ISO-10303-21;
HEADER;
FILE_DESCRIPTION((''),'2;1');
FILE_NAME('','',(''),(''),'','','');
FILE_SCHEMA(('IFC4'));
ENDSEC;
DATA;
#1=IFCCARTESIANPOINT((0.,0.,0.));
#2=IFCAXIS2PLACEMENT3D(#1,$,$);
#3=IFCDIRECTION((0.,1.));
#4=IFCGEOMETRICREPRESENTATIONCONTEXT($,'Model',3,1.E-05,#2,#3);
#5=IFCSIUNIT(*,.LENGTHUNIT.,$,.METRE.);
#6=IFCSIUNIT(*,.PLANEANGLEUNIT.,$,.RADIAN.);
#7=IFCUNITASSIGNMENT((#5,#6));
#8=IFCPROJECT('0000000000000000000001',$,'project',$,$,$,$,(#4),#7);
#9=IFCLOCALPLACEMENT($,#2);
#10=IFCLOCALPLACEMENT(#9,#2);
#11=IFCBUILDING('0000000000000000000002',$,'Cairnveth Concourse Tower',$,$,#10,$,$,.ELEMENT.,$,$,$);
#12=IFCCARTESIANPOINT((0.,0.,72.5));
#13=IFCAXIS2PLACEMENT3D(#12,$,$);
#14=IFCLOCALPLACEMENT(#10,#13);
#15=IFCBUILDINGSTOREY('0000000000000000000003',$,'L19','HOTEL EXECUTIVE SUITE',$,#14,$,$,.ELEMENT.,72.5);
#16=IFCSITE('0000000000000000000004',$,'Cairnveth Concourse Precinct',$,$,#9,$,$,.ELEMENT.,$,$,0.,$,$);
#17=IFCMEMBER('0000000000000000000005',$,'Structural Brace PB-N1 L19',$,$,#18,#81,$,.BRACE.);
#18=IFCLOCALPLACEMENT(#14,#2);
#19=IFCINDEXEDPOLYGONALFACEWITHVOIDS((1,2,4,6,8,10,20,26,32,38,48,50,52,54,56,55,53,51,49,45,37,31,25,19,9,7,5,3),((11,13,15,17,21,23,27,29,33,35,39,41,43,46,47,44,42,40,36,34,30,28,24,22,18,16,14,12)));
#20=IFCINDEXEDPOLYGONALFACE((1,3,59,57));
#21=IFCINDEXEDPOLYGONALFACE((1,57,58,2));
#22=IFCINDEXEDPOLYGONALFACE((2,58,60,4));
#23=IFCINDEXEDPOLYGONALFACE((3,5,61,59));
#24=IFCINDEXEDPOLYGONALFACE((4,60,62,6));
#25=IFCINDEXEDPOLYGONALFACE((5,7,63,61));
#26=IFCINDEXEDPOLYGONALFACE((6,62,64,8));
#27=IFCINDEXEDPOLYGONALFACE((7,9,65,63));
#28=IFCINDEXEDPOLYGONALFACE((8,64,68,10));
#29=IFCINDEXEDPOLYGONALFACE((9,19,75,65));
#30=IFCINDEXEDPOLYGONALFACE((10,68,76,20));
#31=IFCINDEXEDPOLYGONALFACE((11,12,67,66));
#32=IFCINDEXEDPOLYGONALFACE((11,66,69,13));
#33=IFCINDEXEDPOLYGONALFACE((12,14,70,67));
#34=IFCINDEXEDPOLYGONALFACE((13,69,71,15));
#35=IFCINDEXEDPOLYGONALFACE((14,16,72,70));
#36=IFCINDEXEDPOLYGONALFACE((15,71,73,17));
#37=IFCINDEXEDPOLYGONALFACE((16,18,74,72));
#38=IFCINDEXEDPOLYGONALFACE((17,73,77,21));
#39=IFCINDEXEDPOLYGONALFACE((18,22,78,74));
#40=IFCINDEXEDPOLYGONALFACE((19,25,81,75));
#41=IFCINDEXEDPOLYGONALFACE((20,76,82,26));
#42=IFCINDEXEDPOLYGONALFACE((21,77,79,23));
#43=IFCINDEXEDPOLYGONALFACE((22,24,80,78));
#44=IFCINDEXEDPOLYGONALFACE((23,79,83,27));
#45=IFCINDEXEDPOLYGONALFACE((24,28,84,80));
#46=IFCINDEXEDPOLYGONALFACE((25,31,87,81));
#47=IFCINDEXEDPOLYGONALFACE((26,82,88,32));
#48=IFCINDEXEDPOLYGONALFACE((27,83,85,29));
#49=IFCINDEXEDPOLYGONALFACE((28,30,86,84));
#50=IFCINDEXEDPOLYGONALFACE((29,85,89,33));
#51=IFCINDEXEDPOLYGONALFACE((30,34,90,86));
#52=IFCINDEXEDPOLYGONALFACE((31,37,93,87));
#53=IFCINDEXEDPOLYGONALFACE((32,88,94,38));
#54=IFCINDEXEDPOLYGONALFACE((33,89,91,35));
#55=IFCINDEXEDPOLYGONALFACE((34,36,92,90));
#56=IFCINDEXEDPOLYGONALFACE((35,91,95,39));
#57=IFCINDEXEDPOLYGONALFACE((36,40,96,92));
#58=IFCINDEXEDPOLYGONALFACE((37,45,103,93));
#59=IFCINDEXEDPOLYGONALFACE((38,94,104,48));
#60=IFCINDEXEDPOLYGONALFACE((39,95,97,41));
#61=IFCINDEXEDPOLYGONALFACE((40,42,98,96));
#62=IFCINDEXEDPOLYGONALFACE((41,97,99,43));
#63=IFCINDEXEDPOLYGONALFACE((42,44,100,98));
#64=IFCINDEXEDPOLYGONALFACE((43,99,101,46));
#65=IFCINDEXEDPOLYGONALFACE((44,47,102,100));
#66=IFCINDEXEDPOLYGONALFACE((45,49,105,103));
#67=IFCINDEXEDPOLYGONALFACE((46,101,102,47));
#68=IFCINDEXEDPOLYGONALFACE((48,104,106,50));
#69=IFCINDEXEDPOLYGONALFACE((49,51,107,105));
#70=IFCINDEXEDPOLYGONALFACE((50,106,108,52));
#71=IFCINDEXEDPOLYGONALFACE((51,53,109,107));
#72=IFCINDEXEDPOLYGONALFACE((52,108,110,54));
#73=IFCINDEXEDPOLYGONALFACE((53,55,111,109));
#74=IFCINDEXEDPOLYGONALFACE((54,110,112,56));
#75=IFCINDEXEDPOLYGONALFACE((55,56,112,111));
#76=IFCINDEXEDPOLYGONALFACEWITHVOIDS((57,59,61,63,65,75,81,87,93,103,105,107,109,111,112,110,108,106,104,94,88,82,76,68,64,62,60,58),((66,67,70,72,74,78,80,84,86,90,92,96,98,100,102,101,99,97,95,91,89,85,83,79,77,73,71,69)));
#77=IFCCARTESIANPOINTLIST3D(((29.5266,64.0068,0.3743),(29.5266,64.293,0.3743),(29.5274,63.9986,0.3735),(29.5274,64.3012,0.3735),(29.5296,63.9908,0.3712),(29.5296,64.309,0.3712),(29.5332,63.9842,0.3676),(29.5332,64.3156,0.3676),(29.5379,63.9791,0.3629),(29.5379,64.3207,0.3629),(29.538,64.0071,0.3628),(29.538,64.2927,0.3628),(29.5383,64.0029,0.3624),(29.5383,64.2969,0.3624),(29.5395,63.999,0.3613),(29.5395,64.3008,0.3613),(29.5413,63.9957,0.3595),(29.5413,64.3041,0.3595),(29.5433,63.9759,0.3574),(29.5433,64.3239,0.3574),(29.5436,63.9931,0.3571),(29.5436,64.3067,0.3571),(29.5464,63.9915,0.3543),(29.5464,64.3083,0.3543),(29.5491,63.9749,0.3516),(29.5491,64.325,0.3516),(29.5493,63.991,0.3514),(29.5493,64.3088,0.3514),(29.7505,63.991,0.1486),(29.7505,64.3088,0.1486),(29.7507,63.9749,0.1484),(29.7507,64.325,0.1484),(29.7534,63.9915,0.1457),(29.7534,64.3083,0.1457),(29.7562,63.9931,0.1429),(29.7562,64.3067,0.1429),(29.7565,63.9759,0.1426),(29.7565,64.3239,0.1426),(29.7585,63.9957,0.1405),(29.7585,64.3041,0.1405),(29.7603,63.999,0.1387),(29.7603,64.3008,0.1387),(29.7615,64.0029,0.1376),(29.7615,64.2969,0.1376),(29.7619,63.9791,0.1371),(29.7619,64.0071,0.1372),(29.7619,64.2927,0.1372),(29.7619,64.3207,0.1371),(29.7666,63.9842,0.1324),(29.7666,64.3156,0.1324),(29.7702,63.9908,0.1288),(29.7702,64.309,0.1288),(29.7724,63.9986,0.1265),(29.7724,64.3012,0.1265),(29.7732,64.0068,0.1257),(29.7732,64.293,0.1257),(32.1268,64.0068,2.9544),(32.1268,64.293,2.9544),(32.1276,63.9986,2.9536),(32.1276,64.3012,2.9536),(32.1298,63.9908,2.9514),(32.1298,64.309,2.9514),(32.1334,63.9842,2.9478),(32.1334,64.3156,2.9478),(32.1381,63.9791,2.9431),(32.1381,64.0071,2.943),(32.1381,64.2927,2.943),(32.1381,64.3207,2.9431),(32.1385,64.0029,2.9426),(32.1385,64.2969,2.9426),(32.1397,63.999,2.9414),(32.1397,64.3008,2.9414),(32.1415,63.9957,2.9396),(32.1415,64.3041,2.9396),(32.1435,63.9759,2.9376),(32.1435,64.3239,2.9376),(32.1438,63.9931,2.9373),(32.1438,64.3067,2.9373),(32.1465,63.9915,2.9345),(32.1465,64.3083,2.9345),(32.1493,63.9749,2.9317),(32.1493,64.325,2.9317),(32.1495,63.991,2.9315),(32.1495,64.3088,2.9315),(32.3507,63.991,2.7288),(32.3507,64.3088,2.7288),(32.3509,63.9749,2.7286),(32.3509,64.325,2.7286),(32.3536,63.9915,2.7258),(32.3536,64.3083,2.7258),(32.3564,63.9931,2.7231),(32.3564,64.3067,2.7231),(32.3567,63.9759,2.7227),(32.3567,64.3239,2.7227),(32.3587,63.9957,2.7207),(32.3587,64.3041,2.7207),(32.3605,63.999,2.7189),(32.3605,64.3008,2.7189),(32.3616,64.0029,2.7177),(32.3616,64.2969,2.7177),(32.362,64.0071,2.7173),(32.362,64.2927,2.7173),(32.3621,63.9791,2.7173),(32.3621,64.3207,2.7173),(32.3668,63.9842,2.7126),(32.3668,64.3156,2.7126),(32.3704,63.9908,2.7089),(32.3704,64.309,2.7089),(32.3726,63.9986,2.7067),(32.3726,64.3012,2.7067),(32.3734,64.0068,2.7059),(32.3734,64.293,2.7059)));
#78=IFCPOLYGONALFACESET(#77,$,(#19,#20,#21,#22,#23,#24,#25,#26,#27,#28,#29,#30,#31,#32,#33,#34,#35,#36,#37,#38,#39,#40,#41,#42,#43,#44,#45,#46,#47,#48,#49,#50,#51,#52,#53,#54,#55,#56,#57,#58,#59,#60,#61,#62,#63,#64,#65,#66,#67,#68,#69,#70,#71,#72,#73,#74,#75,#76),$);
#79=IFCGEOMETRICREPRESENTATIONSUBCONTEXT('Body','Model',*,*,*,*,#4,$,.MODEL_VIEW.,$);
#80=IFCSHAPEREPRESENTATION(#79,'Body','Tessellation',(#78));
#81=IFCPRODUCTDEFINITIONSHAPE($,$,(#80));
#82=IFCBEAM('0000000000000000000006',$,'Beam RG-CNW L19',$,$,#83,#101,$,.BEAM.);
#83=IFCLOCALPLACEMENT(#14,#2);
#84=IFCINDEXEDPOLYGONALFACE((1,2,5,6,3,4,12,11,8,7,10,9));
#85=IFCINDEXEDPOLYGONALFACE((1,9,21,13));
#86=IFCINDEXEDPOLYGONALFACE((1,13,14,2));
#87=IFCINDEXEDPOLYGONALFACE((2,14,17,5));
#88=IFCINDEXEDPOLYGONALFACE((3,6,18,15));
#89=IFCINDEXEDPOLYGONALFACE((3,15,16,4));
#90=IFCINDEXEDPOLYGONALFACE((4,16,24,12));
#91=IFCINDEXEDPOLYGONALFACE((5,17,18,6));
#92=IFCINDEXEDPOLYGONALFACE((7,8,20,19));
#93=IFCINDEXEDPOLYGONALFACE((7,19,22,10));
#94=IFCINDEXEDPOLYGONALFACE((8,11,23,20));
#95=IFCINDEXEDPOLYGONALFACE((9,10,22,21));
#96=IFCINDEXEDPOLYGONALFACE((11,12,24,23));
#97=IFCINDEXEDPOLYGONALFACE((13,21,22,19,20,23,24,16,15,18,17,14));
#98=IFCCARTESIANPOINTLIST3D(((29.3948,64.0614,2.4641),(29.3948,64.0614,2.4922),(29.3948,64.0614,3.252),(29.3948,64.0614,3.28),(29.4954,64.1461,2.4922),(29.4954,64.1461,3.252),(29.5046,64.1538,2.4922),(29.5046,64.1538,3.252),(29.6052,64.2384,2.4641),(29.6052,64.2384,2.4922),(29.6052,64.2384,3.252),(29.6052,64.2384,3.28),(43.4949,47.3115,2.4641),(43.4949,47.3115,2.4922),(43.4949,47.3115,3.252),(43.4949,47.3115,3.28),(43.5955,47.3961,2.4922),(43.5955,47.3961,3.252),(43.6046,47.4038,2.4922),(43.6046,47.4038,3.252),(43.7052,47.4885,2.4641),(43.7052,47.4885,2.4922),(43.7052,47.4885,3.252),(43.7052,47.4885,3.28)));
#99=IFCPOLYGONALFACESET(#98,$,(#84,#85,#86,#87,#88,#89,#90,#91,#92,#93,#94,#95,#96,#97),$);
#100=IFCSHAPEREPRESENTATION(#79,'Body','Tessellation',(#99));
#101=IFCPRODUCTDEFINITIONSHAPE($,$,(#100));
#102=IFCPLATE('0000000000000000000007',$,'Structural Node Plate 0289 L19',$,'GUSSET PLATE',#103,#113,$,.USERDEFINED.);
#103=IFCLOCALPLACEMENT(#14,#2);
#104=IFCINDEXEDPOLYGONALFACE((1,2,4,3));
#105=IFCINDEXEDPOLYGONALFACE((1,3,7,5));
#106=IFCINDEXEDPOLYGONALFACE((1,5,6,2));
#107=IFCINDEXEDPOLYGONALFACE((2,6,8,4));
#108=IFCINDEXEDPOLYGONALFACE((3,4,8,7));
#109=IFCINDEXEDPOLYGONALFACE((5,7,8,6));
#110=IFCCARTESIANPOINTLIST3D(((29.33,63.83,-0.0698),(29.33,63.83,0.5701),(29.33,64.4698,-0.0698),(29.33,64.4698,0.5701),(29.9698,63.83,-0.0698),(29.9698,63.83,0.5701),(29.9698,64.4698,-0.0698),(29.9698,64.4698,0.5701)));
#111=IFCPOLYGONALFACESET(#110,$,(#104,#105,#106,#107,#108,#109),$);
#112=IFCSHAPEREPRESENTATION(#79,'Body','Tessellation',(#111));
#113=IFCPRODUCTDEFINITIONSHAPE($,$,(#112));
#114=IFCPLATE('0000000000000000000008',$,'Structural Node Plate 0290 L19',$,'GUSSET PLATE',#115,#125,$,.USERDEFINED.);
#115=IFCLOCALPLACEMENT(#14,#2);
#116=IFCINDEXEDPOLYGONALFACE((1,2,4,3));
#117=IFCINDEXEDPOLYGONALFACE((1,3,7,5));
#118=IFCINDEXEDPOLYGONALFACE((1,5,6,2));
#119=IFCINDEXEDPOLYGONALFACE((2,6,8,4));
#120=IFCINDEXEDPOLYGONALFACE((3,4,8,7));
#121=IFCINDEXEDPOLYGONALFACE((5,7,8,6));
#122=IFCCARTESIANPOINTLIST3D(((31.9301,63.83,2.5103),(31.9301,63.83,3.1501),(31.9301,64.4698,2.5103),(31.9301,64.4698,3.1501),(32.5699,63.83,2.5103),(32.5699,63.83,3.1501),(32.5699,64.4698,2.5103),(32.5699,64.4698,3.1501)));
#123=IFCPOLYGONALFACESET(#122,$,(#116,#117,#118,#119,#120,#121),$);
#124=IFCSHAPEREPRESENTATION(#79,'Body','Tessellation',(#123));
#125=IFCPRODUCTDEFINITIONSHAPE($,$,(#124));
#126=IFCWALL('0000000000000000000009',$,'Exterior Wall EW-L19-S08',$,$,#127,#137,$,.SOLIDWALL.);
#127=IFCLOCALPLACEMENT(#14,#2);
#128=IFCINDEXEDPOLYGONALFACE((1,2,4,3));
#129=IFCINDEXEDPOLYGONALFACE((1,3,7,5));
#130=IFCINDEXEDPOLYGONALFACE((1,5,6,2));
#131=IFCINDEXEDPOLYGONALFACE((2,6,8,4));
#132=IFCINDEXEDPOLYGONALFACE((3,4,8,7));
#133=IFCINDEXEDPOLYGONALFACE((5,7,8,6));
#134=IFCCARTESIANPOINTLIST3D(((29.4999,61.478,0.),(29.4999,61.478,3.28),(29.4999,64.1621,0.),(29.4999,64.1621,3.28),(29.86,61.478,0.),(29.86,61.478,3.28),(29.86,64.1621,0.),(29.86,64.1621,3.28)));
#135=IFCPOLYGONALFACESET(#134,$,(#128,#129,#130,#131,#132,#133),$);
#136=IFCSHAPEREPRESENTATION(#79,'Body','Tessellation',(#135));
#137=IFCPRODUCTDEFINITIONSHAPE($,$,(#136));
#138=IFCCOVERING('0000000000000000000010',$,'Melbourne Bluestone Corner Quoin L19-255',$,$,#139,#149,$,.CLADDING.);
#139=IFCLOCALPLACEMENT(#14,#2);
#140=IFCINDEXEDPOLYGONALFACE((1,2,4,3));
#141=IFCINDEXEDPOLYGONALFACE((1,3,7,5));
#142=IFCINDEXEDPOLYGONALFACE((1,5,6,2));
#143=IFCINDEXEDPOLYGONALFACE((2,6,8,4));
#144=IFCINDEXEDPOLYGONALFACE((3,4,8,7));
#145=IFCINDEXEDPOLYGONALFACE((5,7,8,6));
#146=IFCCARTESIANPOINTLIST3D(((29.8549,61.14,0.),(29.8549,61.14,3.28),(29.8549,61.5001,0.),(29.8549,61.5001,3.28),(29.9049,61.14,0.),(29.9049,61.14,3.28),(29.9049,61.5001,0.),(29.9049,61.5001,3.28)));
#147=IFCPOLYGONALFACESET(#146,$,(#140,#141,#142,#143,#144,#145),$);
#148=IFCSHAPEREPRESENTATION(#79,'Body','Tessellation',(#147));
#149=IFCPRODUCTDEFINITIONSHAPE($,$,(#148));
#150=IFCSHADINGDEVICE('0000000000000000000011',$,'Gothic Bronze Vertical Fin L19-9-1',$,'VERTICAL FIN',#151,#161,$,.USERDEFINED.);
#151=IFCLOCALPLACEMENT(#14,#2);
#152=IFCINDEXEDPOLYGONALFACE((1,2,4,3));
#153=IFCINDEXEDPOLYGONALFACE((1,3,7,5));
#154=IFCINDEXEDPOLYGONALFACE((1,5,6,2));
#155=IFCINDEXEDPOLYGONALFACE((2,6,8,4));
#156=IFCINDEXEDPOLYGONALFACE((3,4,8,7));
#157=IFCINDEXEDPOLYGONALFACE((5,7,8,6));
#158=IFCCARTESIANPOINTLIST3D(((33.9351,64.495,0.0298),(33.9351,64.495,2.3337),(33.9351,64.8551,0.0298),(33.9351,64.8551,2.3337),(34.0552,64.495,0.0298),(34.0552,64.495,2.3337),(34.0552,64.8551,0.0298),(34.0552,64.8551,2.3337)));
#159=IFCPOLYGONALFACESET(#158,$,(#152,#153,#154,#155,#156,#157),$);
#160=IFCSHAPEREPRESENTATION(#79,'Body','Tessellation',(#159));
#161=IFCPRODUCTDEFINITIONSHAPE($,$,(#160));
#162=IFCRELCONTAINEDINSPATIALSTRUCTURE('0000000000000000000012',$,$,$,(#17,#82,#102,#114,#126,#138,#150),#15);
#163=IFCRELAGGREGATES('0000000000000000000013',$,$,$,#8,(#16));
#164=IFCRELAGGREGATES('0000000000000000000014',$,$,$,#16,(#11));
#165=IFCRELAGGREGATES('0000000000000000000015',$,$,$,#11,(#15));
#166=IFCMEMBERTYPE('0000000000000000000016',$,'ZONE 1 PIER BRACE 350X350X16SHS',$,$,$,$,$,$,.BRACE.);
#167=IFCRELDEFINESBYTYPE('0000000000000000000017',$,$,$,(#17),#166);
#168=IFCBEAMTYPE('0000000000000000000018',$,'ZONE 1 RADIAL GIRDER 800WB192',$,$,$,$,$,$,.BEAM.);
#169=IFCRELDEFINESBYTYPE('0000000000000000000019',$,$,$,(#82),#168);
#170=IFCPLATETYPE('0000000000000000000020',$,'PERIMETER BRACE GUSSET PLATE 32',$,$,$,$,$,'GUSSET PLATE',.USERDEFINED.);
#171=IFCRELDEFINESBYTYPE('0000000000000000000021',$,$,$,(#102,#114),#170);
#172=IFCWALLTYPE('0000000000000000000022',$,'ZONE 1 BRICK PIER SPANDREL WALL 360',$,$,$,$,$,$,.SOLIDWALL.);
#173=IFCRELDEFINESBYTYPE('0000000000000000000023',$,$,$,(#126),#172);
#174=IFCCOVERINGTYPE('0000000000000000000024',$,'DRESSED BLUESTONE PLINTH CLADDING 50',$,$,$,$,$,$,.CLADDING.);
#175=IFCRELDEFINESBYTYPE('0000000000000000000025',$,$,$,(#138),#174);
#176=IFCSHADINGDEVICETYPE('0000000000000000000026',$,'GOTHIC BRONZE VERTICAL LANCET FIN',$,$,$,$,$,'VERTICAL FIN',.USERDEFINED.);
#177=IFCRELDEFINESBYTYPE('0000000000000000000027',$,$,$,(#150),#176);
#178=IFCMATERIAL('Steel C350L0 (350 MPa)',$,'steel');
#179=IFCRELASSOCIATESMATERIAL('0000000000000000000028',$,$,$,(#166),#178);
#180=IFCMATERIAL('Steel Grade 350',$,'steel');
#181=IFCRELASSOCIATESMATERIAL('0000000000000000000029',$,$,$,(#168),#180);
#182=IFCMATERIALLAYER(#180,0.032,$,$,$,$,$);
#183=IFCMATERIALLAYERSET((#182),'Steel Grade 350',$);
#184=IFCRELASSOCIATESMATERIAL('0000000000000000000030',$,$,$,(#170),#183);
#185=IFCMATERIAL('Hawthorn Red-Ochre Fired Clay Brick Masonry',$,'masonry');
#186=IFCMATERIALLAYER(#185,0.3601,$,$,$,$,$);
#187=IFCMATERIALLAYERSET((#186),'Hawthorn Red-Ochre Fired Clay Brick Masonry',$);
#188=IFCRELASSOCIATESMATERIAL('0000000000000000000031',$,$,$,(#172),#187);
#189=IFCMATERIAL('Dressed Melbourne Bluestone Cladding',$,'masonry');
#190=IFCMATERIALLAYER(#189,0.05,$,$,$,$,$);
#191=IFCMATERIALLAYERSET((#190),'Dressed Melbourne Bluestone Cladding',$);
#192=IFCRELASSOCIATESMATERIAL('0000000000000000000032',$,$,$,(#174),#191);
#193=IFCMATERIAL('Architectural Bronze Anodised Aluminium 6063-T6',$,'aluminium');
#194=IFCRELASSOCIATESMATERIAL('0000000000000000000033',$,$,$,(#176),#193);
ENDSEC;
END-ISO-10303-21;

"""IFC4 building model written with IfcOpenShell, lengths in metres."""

from ifc_helpers import new_model, si_unit, direction, frame, frame_2d, origin, origin_2d, place, context, subcontext, project, spatial, rectangle, hollow_rectangle, i_section, extrude, material, layer, layer_set, material_profile, profile_set, type_object, element, save


model = new_model("IFC4")

# Units and contexts
model_context = context("Model", 3, precision=1e-05, world=origin(), true_north=direction((0.0, 1.0)))
body_context = subcontext(model_context, "Body", "Model", "MODEL_VIEW")
ifc_project = project(units=[si_unit("LENGTHUNIT", "METRE"), si_unit("PLANEANGLEUNIT", "RADIAN")], contexts=[model_context])

# Site, building, storey
site_placement = place(None, origin())
site = spatial("IfcSite", under=ifc_project, at=site_placement, Name="Cairnveth Concourse Precinct", CompositionType="ELEMENT", RefElevation=0.0)
building_placement = place(site_placement, origin())
building = spatial("IfcBuilding", under=site, at=building_placement, Name="Cairnveth Concourse Tower", CompositionType="ELEMENT")
storey_placement = place(building_placement, frame((0.0, 0.0, 72.5)))
storey = spatial("IfcBuildingStorey", under=building, at=storey_placement, Name="L19", Description="HOTEL EXECUTIVE SUITE", CompositionType="ELEMENT", Elevation=72.5)

# Member
ifc_material_1 = material(Name="Steel C350L0 (350 MPa)", Category="steel")
ifc_material_profile_1 = material_profile(ifc_material_1, hollow_rectangle(XDim=0.3501, YDim=0.3501, WallThickness=0.0161, InnerFilletRadius=0.0161, OuterFilletRadius=0.032, at=origin_2d()), Name="350x350x16.0SHS")
ifc_profile_set_1 = profile_set([ifc_material_profile_1], Name="Steel C350L0 (350 MPa)")
member_type = type_object("IfcMemberType", Name="ZONE 1 PIER BRACE 350X350X16SHS", PredefinedType="BRACE", material=ifc_profile_set_1)
member_placement = place(storey_placement, frame((29.6499, 64.1499, 0.25), z_axis=(0.709834, 0.0, 0.704369), x_axis=(0.0, 1.0, 0.0)))
element("IfcMember", 1, at=member_placement, inside=storey, type_object=member_type, Name="Structural Brace PB-N1 L19", PredefinedType="BRACE", context=body_context, shape_type="SweptSolid", body=[
    extrude(hollow_rectangle(XDim=0.3501, YDim=0.3501, WallThickness=0.0161, InnerFilletRadius=0.0161, OuterFilletRadius=0.032, at=origin_2d()), origin(), (0.0, 0.0, 1.0), 3.6631),
])

# Beam
ifc_material_2 = material(Name="Steel Grade 350", Category="steel")
ifc_material_profile_2 = material_profile(ifc_material_2, i_section(OverallWidth=0.2749, OverallDepth=0.8159, WebThickness=0.012, FlangeThickness=0.0281, at=origin_2d()), Name="800WB192")
ifc_profile_set_2 = profile_set([ifc_material_profile_2], Name="Steel Grade 350")
beam_type = type_object("IfcBeamType", Name="ZONE 1 RADIAL GIRDER 800WB192", PredefinedType="BEAM", material=ifc_profile_set_2)
beam_placement = place(storey_placement, frame((29.5, 64.1499, 2.8721), z_axis=(0.643998, -0.765027, 0.0), x_axis=(0.765027, 0.643998, 0.0)))
element("IfcBeam", 2, at=beam_placement, inside=storey, type_object=beam_type, Name="Beam RG-CNW L19", PredefinedType="BEAM", context=body_context, shape_type="SweptSolid", body=[
    extrude(i_section(OverallWidth=0.2749, OverallDepth=0.8159, WebThickness=0.012, FlangeThickness=0.0281, at=origin_2d()), origin(), (0.0, 0.0, 1.0), 21.8945),
])

# Plates
ifc_layer_1 = layer(ifc_material_2, 0.032)
ifc_layer_set_1 = layer_set([ifc_layer_1], Name="Steel Grade 350")
plate_type = type_object("IfcPlateType", Name="PERIMETER BRACE GUSSET PLATE 32", ElementType="GUSSET PLATE", PredefinedType="USERDEFINED", material=ifc_layer_set_1)
for number, where, z_axis, x_axis, name in (
    (3, (29.6499, 64.1499, -0.0698), (0.0, 0.0, 1.0), (1.0, 0.0, 0.0), "Structural Node Plate 0289 L19"),
    (4, (32.25, 64.1499, 2.5103), (0.0, 0.0, 1.0), (1.0, 0.0, 0.0), "Structural Node Plate 0290 L19"),
):
    element("IfcPlate", number, at=place(storey_placement, frame(where, z_axis=z_axis, x_axis=x_axis)), inside=storey, type_object=plate_type, Name=name, ObjectType="GUSSET PLATE", PredefinedType="USERDEFINED", context=body_context, shape_type="SweptSolid", body=[
        extrude(rectangle(XDim=0.6399, YDim=0.6399, at=origin_2d()), origin(), (0.0, 0.0, 1.0), 0.6399),
    ])

# Wall
ifc_material_3 = material(Name="Hawthorn Red-Ochre Fired Clay Brick Masonry", Category="masonry")
ifc_layer_2 = layer(ifc_material_3, 0.3601)
ifc_layer_set_2 = layer_set([ifc_layer_2], Name="Hawthorn Red-Ochre Fired Clay Brick Masonry")
wall_type = type_object("IfcWallType", Name="ZONE 1 BRICK PIER SPANDREL WALL 360", PredefinedType="SOLIDWALL", material=ifc_layer_set_2)
wall_1_placement = place(storey_placement, frame((29.6799, 61.478, 0.0), z_axis=(0.0, 0.0, 1.0), x_axis=(0.0, 1.0, 0.0)))
element("IfcWall", 5, at=wall_1_placement, inside=storey, type_object=wall_type, Name="Exterior Wall EW-L19-S08", PredefinedType="SOLIDWALL", context=body_context, shape_type="SweptSolid", body=[
    extrude(rectangle(XDim=2.6841, YDim=0.3601, at=frame_2d((1.342, 0.0))), origin(), (0.0, 0.0, 1.0), 3.28),
])

# Covering
ifc_material_4 = material(Name="Dressed Melbourne Bluestone Cladding", Category="masonry")
ifc_layer_3 = layer(ifc_material_4, 0.05)
ifc_layer_set_3 = layer_set([ifc_layer_3], Name="Dressed Melbourne Bluestone Cladding")
covering_type = type_object("IfcCoveringType", Name="DRESSED BLUESTONE PLINTH CLADDING 50", PredefinedType="CLADDING", material=ifc_layer_set_3)
covering_placement = place(storey_placement, frame((29.8799, 61.1399, 0.0), z_axis=(0.0, 0.0, 1.0), x_axis=(0.0, 1.0, 0.0)))
element("IfcCovering", 6, at=covering_placement, inside=storey, type_object=covering_type, Name="Melbourne Bluestone Corner Quoin L19-255", PredefinedType="CLADDING", context=body_context, shape_type="SweptSolid", body=[
    extrude(rectangle(XDim=0.3601, YDim=0.05, at=frame_2d((0.1802, 0.0))), origin(), (0.0, 0.0, 1.0), 3.28),
])

# Shading device
ifc_material_5 = material(Name="Architectural Bronze Anodised Aluminium 6063-T6", Category="aluminium")
shading_device_type = type_object("IfcShadingDeviceType", Name="GOTHIC BRONZE VERTICAL LANCET FIN", ElementType="VERTICAL FIN", PredefinedType="USERDEFINED", material=ifc_material_5)
shading_device_placement = place(storey_placement, frame((33.9951, 64.675, 0.0298), z_axis=(0.0, 0.0, 1.0), x_axis=(1.0, 0.0, 0.0)))
element("IfcShadingDevice", 7, at=shading_device_placement, inside=storey, type_object=shading_device_type, Name="Gothic Bronze Vertical Fin L19-9-1", ObjectType="VERTICAL FIN", PredefinedType="USERDEFINED", context=body_context, shape_type="SweptSolid", body=[
    extrude(rectangle(XDim=0.1201, YDim=0.3601, at=origin_2d()), origin(), (0.0, 0.0, 1.0), 2.304),
])

save(model, "model.ifc")
